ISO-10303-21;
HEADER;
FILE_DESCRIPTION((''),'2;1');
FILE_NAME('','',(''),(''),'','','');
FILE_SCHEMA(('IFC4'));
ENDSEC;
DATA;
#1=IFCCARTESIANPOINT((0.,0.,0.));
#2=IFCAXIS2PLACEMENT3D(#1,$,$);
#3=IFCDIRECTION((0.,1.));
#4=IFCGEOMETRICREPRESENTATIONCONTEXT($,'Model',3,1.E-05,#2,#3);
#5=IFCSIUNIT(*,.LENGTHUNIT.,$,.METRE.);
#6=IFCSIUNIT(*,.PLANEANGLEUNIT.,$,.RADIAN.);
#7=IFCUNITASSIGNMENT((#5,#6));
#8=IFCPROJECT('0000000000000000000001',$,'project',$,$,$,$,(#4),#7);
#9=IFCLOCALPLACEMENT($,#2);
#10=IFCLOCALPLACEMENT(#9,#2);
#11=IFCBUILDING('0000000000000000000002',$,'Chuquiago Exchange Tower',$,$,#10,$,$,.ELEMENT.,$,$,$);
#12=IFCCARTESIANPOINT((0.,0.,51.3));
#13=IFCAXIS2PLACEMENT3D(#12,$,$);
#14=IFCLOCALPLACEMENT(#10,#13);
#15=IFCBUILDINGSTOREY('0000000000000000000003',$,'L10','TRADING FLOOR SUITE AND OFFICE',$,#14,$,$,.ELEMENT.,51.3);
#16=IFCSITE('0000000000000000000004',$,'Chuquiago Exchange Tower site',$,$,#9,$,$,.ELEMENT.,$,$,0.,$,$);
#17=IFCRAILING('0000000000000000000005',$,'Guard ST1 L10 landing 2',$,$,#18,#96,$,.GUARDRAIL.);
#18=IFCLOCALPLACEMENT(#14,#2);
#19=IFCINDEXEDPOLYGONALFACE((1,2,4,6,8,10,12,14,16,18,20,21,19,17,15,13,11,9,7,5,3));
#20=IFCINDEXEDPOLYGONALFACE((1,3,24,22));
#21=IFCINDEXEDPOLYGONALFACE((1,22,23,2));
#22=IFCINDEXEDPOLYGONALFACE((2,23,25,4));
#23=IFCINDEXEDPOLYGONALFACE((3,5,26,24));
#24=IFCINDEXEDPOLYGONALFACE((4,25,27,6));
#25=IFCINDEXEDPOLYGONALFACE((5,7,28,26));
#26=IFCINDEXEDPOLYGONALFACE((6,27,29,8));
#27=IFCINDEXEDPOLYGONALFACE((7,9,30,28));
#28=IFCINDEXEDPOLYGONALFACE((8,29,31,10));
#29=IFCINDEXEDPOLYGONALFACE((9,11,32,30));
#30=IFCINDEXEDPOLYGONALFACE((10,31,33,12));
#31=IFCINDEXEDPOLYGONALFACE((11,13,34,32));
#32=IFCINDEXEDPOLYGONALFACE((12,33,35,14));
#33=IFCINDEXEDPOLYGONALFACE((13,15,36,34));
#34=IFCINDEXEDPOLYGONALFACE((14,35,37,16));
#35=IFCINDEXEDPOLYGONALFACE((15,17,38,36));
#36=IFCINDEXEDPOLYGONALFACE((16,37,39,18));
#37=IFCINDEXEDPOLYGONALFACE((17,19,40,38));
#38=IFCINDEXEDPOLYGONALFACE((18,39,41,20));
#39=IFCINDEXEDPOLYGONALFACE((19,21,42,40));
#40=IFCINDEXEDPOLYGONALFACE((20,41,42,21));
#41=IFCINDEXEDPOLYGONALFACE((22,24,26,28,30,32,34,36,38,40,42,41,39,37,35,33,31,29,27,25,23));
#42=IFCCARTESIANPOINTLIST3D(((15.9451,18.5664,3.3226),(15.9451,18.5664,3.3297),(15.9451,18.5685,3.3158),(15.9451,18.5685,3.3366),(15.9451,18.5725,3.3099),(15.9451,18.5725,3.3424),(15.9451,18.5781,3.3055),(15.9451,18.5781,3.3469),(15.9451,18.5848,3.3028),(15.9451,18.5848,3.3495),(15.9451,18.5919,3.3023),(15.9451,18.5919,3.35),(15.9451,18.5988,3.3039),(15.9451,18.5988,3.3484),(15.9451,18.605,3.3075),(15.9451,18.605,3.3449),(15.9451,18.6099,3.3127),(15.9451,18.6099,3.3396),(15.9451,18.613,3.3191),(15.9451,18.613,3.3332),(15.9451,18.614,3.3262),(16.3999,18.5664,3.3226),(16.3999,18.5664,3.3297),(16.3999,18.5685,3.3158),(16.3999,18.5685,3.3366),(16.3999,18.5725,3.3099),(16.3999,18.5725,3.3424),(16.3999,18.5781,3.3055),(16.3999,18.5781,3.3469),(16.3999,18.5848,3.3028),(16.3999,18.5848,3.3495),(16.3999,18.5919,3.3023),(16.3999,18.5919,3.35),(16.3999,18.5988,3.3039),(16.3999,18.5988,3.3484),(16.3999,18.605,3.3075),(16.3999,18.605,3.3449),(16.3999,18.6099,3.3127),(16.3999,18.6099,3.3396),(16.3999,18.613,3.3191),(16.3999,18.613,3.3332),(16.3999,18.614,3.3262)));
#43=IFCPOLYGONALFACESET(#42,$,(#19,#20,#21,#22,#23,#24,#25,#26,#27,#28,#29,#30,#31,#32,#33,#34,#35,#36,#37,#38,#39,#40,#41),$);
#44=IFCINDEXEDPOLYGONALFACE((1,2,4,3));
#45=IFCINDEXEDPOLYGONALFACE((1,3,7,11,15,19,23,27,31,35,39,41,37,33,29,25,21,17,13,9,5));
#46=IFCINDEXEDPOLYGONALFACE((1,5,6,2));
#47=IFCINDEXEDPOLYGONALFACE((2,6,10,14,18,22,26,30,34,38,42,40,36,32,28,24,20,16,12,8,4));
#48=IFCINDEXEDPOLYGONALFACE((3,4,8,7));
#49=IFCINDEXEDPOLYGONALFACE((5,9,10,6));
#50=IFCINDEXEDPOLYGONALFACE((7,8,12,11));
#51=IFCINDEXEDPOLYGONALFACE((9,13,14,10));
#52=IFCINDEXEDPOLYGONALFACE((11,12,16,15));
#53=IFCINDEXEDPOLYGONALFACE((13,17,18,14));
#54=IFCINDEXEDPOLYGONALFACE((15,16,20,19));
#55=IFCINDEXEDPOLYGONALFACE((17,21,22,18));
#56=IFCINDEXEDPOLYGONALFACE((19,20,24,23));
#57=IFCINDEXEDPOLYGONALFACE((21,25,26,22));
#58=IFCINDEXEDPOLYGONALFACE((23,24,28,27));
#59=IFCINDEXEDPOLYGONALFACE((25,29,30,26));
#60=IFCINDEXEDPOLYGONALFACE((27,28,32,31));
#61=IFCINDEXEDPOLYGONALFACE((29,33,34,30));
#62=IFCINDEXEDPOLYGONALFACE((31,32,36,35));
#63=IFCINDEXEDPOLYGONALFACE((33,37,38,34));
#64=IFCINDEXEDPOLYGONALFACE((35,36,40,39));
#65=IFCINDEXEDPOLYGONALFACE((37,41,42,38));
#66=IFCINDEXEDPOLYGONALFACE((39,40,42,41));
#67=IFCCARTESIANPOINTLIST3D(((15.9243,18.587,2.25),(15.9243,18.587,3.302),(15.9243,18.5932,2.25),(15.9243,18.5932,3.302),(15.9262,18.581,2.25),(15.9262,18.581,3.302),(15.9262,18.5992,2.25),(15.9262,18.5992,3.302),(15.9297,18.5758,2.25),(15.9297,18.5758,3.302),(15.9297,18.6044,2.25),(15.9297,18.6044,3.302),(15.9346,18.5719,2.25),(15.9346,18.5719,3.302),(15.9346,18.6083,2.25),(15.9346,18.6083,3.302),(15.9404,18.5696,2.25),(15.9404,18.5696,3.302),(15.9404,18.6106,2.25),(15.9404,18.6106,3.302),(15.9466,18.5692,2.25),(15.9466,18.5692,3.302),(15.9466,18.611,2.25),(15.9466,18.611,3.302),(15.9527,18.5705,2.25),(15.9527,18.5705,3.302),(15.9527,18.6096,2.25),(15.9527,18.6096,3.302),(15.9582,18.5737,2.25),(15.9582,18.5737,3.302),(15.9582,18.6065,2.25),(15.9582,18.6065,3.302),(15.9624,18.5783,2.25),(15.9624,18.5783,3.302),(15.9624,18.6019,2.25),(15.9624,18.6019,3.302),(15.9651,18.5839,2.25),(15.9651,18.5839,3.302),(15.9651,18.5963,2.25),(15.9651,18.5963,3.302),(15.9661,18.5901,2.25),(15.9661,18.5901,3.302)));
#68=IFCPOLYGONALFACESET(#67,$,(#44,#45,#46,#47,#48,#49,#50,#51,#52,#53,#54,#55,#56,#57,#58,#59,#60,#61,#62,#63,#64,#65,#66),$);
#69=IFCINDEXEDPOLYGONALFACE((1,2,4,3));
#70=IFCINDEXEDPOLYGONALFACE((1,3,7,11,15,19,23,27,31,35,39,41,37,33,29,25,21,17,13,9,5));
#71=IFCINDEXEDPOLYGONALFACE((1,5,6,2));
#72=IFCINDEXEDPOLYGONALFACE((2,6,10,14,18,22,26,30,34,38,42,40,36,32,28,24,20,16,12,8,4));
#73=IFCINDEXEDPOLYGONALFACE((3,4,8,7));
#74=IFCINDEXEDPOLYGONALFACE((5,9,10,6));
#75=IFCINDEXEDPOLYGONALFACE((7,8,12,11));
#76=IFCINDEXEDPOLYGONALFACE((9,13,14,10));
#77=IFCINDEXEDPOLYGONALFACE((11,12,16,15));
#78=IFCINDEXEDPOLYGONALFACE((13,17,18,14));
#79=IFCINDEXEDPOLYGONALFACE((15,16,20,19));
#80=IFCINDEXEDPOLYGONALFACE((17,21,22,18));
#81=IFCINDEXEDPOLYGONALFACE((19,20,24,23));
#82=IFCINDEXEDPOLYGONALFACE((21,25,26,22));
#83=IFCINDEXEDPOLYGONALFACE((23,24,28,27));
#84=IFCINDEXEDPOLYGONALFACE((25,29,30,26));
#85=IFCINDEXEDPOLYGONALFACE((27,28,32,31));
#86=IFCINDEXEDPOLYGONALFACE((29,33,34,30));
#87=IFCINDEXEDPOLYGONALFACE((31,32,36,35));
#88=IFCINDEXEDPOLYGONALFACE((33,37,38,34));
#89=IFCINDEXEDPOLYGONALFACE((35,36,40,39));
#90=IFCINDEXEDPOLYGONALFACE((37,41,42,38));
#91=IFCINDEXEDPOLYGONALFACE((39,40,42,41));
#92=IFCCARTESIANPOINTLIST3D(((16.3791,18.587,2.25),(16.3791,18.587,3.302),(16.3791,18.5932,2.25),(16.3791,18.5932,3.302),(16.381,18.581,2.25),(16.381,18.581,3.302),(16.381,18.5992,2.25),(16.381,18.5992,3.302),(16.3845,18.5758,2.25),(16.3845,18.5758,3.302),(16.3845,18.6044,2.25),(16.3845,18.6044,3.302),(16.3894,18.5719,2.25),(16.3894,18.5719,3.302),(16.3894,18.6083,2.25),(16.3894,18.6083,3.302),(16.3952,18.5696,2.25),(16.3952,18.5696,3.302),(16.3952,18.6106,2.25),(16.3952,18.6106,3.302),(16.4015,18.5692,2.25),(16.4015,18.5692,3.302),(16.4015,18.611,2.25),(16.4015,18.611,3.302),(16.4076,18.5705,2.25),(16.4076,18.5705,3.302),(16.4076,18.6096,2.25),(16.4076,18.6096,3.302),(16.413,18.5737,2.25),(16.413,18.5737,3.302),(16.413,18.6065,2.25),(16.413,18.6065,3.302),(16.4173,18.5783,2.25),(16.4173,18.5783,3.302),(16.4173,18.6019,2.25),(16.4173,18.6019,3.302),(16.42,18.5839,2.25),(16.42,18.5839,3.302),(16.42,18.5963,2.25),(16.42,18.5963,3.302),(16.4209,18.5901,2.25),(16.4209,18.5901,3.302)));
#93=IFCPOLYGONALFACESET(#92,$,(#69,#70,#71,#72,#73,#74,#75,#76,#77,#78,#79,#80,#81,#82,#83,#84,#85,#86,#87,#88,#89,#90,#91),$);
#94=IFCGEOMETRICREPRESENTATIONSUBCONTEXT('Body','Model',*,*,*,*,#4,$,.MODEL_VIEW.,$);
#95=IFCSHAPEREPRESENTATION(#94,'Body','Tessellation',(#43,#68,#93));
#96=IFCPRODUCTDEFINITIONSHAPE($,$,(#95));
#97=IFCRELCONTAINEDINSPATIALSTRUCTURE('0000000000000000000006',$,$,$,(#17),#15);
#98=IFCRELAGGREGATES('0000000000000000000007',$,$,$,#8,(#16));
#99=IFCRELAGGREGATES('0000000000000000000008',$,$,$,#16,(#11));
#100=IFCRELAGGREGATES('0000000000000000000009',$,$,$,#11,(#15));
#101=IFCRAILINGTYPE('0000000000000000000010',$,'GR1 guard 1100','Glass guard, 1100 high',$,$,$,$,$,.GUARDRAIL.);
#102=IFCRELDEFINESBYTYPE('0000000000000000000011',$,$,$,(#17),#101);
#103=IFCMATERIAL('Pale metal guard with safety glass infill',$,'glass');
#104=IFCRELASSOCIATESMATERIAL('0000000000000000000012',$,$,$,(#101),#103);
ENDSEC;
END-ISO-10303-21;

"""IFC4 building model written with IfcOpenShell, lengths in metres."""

from ifc_helpers import new_model, si_unit, direction, frame, origin, origin_2d, place, context, subcontext, project, spatial, circle, extrude, material, type_object, element, save


model = new_model("IFC4")

# Units and contexts
model_context = context("Model", 3, precision=1e-05, world=origin(), true_north=direction((0.0, 1.0)))
body_context = subcontext(model_context, "Body", "Model", "MODEL_VIEW")
ifc_project = project(units=[si_unit("LENGTHUNIT", "METRE"), si_unit("PLANEANGLEUNIT", "RADIAN")], contexts=[model_context])

# Site, building, storey
site_placement = place(None, origin())
site = spatial("IfcSite", under=ifc_project, at=site_placement, Name="Chuquiago Exchange Tower site", CompositionType="ELEMENT", RefElevation=0.0)
building_placement = place(site_placement, origin())
building = spatial("IfcBuilding", under=site, at=building_placement, Name="Chuquiago Exchange Tower", CompositionType="ELEMENT")
storey_placement = place(building_placement, frame((0.0, 0.0, 51.3)))
storey = spatial("IfcBuildingStorey", under=building, at=storey_placement, Name="L10", Description="TRADING FLOOR SUITE AND OFFICE", CompositionType="ELEMENT", Elevation=51.3)

# Railing
ifc_material_1 = material(Name="Pale metal guard with safety glass infill", Category="glass")
railing_type_1 = type_object("IfcRailingType", Name="GR1 guard 1100", Description="Glass guard, 1100 high", PredefinedType="GUARDRAIL", material=ifc_material_1)
for number, where, name in (
    (1, (15.9451, 18.5901, 2.25), "Guard ST1 L10 landing 2"),
):
    element("IfcRailing", number, at=place(storey_placement, frame(where)), inside=storey, type_object=railing_type_1, Name=name, PredefinedType="GUARDRAIL", context=body_context, shape_type="SweptSolid", body=[
        extrude(circle(Radius=0.0239, at=origin_2d()), frame((0.0, 0.0, 1.0762), z_axis=(1.0, 0.0, 0.0), x_axis=(0.0, 1.0, 0.0)), (0.0, 0.0, 1.0), 0.4548),
        extrude(circle(Radius=0.021, at=origin_2d()), origin(), (0.0, 0.0, 1.0), 1.052),
        extrude(circle(Radius=0.021, at=origin_2d()), frame((0.4548, 0.0, 0.0)), (0.0, 0.0, 1.0), 1.052),
    ])

save(model, "model.ifc")
